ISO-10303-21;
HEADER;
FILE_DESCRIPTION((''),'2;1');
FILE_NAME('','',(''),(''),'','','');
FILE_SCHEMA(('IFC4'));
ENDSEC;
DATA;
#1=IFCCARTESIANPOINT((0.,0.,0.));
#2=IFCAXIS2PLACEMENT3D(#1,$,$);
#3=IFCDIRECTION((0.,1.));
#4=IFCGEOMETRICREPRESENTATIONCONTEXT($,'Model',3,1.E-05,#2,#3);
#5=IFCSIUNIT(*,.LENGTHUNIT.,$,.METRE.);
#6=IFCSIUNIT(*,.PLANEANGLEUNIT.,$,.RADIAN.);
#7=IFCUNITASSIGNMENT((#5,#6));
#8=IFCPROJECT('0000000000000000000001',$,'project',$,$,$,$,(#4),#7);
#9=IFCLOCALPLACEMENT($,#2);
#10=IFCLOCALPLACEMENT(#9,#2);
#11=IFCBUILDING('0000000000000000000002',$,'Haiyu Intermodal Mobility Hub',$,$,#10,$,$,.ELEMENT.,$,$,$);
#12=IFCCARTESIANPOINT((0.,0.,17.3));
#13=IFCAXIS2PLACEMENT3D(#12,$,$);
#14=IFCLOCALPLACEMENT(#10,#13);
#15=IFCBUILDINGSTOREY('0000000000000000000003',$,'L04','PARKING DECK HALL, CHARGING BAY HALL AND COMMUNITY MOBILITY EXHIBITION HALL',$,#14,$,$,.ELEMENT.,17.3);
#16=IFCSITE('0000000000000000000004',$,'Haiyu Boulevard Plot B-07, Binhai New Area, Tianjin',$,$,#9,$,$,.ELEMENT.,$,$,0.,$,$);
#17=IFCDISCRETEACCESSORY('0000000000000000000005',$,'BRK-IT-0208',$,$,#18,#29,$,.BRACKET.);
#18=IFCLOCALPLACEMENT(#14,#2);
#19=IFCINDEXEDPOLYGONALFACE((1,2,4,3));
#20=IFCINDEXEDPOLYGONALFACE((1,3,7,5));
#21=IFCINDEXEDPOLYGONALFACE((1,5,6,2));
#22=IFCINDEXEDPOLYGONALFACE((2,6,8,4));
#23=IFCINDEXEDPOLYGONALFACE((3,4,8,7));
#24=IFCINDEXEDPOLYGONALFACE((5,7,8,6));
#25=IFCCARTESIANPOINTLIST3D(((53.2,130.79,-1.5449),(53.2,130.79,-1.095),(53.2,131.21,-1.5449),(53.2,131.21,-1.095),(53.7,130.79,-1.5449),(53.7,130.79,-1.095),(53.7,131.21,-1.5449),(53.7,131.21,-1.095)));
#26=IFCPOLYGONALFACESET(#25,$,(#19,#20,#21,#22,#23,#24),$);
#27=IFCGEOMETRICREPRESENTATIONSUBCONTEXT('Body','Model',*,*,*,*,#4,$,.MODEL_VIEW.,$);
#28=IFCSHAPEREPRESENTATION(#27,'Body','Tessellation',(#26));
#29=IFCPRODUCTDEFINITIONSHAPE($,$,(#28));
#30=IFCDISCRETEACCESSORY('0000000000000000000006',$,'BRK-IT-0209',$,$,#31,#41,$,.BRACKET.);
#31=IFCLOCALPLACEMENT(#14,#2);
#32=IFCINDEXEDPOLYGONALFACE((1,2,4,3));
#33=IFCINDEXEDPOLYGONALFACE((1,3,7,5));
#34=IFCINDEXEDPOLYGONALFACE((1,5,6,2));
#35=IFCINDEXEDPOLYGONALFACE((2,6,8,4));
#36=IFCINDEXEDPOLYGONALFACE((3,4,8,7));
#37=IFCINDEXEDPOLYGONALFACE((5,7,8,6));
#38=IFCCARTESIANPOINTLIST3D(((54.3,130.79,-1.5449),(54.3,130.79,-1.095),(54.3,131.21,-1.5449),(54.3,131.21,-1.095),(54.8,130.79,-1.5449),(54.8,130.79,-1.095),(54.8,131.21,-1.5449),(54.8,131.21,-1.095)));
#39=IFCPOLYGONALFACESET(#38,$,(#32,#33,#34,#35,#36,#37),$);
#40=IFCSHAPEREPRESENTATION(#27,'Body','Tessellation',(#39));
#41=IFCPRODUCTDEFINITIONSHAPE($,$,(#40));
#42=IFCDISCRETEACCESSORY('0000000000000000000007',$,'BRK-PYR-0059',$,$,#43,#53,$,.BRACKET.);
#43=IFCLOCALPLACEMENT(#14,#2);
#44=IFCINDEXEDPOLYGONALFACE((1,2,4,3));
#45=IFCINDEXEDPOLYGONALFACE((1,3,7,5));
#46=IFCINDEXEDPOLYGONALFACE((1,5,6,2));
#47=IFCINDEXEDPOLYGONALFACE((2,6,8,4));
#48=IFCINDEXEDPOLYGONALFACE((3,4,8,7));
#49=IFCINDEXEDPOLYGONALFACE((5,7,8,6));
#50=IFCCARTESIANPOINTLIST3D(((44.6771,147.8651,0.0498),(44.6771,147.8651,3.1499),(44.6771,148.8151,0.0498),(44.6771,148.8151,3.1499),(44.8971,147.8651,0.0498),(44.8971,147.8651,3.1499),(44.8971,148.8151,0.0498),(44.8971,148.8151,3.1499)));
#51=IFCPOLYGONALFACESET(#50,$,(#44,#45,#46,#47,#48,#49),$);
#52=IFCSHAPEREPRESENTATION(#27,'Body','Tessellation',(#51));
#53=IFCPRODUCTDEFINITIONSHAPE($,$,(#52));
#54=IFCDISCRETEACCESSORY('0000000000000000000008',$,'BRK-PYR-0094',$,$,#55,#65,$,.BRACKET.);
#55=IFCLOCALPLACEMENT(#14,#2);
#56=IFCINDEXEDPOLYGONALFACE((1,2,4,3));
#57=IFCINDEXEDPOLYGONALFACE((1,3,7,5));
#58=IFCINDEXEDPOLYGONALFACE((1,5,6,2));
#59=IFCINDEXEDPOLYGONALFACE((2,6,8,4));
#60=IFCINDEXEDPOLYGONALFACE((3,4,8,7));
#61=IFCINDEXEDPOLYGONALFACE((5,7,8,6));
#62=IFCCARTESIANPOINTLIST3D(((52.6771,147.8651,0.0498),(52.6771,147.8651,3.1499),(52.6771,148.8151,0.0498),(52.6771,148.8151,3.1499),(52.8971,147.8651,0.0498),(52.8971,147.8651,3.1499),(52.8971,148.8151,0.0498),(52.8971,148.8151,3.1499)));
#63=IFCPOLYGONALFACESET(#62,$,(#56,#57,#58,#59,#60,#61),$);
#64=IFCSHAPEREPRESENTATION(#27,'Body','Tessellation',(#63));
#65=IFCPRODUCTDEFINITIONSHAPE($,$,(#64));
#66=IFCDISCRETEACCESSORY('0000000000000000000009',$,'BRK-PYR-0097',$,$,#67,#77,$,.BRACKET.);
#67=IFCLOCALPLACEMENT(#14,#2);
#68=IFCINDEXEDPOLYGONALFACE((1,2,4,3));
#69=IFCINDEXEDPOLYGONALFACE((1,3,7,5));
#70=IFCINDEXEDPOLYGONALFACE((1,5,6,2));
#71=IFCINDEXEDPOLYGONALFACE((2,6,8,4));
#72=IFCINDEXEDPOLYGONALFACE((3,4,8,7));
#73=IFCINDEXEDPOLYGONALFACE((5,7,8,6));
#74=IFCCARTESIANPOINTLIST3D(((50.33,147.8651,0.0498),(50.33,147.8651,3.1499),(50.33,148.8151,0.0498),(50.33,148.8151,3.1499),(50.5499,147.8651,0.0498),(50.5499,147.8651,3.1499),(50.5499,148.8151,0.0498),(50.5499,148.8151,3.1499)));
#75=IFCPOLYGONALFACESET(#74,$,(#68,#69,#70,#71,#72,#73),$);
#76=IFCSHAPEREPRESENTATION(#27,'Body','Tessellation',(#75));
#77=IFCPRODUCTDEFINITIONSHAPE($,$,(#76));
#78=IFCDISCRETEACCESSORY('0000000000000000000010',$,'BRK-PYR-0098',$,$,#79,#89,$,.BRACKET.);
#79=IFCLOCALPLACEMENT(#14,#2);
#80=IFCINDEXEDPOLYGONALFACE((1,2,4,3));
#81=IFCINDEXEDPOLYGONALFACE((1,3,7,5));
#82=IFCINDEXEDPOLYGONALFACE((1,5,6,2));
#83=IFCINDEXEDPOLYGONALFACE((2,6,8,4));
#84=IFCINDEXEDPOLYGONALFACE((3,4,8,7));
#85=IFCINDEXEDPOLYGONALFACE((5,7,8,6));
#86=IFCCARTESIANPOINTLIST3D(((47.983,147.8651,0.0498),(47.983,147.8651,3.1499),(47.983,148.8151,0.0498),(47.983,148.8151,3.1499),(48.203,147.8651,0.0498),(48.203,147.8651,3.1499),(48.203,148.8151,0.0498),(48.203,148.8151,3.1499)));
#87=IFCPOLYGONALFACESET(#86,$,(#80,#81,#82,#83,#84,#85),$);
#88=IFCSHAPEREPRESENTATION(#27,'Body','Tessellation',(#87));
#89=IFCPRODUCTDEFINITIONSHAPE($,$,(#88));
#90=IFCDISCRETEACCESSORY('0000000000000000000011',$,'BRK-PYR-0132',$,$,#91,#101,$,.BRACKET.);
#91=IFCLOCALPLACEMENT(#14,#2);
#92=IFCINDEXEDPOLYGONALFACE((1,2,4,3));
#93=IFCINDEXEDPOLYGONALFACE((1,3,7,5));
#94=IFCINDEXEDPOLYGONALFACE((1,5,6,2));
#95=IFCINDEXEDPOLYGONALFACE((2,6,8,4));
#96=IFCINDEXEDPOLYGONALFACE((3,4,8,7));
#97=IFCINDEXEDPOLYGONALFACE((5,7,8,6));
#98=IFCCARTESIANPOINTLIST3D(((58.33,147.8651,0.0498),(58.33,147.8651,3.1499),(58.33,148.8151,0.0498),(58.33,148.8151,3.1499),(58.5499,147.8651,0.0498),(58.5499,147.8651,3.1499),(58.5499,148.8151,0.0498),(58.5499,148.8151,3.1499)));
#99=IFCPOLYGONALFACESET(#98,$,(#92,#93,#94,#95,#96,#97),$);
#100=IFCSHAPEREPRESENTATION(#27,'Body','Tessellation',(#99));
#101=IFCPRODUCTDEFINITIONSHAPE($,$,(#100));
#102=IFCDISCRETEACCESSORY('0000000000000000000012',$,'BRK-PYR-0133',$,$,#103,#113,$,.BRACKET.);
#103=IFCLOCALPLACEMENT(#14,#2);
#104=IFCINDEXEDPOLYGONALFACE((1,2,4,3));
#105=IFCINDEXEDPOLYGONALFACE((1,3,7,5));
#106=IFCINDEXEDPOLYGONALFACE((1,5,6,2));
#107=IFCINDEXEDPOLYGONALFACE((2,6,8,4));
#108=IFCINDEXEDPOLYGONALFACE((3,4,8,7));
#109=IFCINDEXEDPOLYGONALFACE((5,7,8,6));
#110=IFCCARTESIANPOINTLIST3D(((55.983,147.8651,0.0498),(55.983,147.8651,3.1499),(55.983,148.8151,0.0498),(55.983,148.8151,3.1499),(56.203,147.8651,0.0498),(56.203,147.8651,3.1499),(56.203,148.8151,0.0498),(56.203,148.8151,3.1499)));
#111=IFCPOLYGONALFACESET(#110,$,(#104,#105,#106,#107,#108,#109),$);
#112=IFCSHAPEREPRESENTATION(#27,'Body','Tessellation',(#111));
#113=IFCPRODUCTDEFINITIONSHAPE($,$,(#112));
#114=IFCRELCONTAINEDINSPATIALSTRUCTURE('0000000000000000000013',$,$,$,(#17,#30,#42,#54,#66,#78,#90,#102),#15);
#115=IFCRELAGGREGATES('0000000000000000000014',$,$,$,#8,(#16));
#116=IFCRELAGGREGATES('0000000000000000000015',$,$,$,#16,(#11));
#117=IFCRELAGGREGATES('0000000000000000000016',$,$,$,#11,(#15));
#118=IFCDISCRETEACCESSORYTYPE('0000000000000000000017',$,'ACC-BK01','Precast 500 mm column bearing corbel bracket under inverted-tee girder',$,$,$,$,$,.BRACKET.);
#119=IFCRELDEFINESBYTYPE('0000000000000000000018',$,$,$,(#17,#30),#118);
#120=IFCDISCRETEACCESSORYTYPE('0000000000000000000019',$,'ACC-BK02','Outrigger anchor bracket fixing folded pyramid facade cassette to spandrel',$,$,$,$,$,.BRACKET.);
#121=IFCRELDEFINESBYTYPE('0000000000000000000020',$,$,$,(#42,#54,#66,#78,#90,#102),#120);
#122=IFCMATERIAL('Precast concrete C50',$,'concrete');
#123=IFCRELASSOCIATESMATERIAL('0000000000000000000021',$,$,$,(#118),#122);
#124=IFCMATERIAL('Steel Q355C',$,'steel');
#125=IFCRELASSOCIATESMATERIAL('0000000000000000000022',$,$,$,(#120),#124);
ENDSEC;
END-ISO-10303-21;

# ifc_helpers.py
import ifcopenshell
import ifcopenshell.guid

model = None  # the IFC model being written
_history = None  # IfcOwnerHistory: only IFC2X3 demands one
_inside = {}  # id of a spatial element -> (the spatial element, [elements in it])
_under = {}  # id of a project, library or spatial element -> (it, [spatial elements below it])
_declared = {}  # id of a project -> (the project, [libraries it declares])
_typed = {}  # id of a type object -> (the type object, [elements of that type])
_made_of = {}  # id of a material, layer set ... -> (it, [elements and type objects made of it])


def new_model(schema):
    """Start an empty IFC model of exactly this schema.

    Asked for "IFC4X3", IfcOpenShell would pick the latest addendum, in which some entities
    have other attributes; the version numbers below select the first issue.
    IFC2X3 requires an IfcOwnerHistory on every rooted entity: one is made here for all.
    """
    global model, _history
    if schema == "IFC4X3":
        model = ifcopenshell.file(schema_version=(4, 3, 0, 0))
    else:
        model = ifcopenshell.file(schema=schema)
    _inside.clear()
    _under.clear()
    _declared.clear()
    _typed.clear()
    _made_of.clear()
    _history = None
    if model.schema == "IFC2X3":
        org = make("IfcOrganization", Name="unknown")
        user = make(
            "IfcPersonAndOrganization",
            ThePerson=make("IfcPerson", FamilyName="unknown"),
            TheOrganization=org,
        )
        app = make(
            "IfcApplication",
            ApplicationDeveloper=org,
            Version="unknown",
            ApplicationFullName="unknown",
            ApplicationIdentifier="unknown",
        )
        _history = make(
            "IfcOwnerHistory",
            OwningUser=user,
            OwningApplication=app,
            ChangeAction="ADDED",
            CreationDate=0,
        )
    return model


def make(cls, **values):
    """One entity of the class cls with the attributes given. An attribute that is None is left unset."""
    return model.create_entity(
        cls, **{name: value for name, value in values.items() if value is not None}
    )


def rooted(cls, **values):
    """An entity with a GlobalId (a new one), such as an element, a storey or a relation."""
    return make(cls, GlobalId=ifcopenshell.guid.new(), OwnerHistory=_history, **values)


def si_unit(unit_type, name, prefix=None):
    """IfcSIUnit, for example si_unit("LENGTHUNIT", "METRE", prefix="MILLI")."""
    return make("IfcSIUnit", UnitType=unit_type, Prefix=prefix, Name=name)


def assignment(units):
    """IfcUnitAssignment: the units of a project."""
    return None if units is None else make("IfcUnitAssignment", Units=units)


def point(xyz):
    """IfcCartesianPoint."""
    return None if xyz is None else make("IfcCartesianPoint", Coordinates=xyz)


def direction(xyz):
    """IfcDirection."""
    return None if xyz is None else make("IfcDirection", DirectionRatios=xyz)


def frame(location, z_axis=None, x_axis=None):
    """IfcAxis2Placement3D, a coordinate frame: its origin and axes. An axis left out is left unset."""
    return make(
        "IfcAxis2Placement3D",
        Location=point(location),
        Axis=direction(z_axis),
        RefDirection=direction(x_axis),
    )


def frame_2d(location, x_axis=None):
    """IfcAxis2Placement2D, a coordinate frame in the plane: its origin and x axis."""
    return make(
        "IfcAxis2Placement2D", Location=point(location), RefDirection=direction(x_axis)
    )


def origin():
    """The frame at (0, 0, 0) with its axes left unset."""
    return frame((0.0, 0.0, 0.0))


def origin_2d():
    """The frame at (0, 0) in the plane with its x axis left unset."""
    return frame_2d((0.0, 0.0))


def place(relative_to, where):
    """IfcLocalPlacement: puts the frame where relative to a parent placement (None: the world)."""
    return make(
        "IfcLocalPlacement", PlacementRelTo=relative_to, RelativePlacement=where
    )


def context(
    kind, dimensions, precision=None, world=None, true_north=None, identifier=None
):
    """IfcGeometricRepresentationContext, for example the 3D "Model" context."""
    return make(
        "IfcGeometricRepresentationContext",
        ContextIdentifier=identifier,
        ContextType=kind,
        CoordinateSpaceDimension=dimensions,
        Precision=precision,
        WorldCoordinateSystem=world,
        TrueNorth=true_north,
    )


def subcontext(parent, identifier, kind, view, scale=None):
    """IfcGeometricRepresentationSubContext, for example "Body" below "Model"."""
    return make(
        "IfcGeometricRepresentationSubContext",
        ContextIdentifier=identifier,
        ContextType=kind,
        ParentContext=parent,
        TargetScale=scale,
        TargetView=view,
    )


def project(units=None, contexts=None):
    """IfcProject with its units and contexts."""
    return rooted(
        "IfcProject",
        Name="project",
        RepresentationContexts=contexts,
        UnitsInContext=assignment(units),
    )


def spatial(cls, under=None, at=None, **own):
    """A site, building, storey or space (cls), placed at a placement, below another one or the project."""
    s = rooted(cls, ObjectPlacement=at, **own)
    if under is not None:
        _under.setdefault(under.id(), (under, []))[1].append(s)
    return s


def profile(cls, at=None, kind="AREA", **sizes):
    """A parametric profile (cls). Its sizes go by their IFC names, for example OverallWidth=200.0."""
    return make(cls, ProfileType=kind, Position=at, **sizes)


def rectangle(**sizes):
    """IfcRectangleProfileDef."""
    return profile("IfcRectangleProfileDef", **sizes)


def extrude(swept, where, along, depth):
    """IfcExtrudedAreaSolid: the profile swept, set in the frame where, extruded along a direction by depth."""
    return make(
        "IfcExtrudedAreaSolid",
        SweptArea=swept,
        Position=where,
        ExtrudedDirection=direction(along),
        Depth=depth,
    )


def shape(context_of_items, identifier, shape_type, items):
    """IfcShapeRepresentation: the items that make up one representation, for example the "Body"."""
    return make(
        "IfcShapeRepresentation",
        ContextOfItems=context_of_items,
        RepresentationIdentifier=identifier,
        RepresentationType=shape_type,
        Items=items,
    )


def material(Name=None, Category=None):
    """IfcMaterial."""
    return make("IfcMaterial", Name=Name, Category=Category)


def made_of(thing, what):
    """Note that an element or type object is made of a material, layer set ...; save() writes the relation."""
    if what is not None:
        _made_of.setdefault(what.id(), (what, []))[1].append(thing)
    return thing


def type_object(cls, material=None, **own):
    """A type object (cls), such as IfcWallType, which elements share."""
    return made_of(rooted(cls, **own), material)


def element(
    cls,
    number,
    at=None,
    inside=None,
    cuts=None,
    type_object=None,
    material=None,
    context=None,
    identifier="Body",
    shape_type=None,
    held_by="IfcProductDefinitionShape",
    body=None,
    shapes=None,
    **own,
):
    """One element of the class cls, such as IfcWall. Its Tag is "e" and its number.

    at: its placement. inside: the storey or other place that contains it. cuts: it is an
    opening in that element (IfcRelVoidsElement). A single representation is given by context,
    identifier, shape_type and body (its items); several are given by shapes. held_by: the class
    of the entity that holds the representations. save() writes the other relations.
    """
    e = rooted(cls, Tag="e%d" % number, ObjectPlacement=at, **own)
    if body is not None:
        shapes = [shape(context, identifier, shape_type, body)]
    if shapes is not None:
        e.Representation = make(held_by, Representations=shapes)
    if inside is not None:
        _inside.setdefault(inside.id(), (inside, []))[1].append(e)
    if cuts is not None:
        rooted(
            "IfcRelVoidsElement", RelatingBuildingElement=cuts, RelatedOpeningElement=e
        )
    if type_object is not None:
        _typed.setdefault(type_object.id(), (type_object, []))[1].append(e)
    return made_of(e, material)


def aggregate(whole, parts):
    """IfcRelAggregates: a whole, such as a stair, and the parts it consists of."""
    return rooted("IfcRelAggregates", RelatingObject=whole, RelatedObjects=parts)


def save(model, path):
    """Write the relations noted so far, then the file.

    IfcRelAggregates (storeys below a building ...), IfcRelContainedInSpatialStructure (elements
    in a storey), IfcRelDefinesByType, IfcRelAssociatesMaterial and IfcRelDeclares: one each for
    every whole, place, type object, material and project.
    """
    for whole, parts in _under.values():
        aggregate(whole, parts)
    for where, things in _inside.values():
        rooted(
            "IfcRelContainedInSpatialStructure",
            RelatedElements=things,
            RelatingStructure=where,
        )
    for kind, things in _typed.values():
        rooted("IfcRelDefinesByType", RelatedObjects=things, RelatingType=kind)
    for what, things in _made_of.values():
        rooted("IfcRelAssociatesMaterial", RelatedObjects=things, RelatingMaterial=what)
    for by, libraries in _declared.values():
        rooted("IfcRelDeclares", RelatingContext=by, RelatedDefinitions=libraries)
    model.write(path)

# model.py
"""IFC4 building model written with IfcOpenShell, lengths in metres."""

from ifc_helpers import new_model, si_unit, direction, frame, origin, origin_2d, place, context, subcontext, project, spatial, rectangle, extrude, material, type_object, element, save


model = new_model("IFC4")

# Units and contexts
model_context = context("Model", 3, precision=1e-05, world=origin(), true_north=direction((0.0, 1.0)))
body_context = subcontext(model_context, "Body", "Model", "MODEL_VIEW")
ifc_project = project(units=[si_unit("LENGTHUNIT", "METRE"), si_unit("PLANEANGLEUNIT", "RADIAN")], contexts=[model_context])

# Site, building, storey
site_placement = place(None, origin())
site = spatial("IfcSite", under=ifc_project, at=site_placement, Name="Haiyu Boulevard Plot B-07, Binhai New Area, Tianjin", CompositionType="ELEMENT", RefElevation=0.0)
building_placement = place(site_placement, origin())
building = spatial("IfcBuilding", under=site, at=building_placement, Name="Haiyu Intermodal Mobility Hub", CompositionType="ELEMENT")
storey_placement = place(building_placement, frame((0.0, 0.0, 17.3)))
storey = spatial("IfcBuildingStorey", under=building, at=storey_placement, Name="L04", Description="PARKING DECK HALL, CHARGING BAY HALL AND COMMUNITY MOBILITY EXHIBITION HALL", CompositionType="ELEMENT", Elevation=17.3)

# Shared definitions
ifc_material_1 = material(Name="Precast concrete C50", Category="concrete")

# Shared definitions
ifc_material_2 = material(Name="Steel Q355C", Category="steel")

# Discrete accessories
discrete_accessory_type_1 = type_object("IfcDiscreteAccessoryType", Name="ACC-BK01", Description="Precast 500 mm column bearing corbel bracket under inverted-tee girder", PredefinedType="BRACKET", material=ifc_material_1)
for number, where, z_axis, x_axis, name in (
    (1, (53.45, 131.0, -1.5449), (0.0, 0.0, 1.0), (1.0, 0.0, 0.0), "BRK-IT-0208"),
    (2, (54.55, 131.0, -1.5449), (0.0, 0.0, 1.0), (1.0, 0.0, 0.0), "BRK-IT-0209"),
):
    element("IfcDiscreteAccessory", number, at=place(storey_placement, frame(where, z_axis=z_axis, x_axis=x_axis)), inside=storey, type_object=discrete_accessory_type_1, Name=name, PredefinedType="BRACKET", context=body_context, shape_type="SweptSolid", body=[
        extrude(rectangle(XDim=0.5, YDim=0.4199, at=origin_2d()), origin(), (0.0, 0.0, 1.0), 0.45),
    ])
discrete_accessory_type_2 = type_object("IfcDiscreteAccessoryType", Name="ACC-BK02", Description="Outrigger anchor bracket fixing folded pyramid facade cassette to spandrel", PredefinedType="BRACKET", material=ifc_material_2)
for number, where, z_axis, x_axis, name in (
    (3, (44.7871, 148.3401, 0.0498), (0.0, 0.0, 1.0), (1.0, 0.0, 0.0), "BRK-PYR-0059"),
    (4, (52.7871, 148.3401, 0.0498), (0.0, 0.0, 1.0), (1.0, 0.0, 0.0), "BRK-PYR-0094"),
    (5, (50.4399, 148.3401, 0.0498), (0.0, 0.0, 1.0), (1.0, 0.0, 0.0), "BRK-PYR-0097"),
    (6, (48.093, 148.3401, 0.0498), (0.0, 0.0, 1.0), (1.0, 0.0, 0.0), "BRK-PYR-0098"),
    (7, (58.4399, 148.3401, 0.0498), (0.0, 0.0, 1.0), (1.0, 0.0, 0.0), "BRK-PYR-0132"),
    (8, (56.093, 148.3401, 0.0498), (0.0, 0.0, 1.0), (1.0, 0.0, 0.0), "BRK-PYR-0133"),
):
    element("IfcDiscreteAccessory", number, at=place(storey_placement, frame(where, z_axis=z_axis, x_axis=x_axis)), inside=storey, type_object=discrete_accessory_type_2, Name=name, PredefinedType="BRACKET", context=body_context, shape_type="SweptSolid", body=[
        extrude(rectangle(XDim=0.22, YDim=0.95, at=origin_2d()), origin(), (0.0, 0.0, 1.0), 3.1001),
    ])

save(model, "model.ifc")
